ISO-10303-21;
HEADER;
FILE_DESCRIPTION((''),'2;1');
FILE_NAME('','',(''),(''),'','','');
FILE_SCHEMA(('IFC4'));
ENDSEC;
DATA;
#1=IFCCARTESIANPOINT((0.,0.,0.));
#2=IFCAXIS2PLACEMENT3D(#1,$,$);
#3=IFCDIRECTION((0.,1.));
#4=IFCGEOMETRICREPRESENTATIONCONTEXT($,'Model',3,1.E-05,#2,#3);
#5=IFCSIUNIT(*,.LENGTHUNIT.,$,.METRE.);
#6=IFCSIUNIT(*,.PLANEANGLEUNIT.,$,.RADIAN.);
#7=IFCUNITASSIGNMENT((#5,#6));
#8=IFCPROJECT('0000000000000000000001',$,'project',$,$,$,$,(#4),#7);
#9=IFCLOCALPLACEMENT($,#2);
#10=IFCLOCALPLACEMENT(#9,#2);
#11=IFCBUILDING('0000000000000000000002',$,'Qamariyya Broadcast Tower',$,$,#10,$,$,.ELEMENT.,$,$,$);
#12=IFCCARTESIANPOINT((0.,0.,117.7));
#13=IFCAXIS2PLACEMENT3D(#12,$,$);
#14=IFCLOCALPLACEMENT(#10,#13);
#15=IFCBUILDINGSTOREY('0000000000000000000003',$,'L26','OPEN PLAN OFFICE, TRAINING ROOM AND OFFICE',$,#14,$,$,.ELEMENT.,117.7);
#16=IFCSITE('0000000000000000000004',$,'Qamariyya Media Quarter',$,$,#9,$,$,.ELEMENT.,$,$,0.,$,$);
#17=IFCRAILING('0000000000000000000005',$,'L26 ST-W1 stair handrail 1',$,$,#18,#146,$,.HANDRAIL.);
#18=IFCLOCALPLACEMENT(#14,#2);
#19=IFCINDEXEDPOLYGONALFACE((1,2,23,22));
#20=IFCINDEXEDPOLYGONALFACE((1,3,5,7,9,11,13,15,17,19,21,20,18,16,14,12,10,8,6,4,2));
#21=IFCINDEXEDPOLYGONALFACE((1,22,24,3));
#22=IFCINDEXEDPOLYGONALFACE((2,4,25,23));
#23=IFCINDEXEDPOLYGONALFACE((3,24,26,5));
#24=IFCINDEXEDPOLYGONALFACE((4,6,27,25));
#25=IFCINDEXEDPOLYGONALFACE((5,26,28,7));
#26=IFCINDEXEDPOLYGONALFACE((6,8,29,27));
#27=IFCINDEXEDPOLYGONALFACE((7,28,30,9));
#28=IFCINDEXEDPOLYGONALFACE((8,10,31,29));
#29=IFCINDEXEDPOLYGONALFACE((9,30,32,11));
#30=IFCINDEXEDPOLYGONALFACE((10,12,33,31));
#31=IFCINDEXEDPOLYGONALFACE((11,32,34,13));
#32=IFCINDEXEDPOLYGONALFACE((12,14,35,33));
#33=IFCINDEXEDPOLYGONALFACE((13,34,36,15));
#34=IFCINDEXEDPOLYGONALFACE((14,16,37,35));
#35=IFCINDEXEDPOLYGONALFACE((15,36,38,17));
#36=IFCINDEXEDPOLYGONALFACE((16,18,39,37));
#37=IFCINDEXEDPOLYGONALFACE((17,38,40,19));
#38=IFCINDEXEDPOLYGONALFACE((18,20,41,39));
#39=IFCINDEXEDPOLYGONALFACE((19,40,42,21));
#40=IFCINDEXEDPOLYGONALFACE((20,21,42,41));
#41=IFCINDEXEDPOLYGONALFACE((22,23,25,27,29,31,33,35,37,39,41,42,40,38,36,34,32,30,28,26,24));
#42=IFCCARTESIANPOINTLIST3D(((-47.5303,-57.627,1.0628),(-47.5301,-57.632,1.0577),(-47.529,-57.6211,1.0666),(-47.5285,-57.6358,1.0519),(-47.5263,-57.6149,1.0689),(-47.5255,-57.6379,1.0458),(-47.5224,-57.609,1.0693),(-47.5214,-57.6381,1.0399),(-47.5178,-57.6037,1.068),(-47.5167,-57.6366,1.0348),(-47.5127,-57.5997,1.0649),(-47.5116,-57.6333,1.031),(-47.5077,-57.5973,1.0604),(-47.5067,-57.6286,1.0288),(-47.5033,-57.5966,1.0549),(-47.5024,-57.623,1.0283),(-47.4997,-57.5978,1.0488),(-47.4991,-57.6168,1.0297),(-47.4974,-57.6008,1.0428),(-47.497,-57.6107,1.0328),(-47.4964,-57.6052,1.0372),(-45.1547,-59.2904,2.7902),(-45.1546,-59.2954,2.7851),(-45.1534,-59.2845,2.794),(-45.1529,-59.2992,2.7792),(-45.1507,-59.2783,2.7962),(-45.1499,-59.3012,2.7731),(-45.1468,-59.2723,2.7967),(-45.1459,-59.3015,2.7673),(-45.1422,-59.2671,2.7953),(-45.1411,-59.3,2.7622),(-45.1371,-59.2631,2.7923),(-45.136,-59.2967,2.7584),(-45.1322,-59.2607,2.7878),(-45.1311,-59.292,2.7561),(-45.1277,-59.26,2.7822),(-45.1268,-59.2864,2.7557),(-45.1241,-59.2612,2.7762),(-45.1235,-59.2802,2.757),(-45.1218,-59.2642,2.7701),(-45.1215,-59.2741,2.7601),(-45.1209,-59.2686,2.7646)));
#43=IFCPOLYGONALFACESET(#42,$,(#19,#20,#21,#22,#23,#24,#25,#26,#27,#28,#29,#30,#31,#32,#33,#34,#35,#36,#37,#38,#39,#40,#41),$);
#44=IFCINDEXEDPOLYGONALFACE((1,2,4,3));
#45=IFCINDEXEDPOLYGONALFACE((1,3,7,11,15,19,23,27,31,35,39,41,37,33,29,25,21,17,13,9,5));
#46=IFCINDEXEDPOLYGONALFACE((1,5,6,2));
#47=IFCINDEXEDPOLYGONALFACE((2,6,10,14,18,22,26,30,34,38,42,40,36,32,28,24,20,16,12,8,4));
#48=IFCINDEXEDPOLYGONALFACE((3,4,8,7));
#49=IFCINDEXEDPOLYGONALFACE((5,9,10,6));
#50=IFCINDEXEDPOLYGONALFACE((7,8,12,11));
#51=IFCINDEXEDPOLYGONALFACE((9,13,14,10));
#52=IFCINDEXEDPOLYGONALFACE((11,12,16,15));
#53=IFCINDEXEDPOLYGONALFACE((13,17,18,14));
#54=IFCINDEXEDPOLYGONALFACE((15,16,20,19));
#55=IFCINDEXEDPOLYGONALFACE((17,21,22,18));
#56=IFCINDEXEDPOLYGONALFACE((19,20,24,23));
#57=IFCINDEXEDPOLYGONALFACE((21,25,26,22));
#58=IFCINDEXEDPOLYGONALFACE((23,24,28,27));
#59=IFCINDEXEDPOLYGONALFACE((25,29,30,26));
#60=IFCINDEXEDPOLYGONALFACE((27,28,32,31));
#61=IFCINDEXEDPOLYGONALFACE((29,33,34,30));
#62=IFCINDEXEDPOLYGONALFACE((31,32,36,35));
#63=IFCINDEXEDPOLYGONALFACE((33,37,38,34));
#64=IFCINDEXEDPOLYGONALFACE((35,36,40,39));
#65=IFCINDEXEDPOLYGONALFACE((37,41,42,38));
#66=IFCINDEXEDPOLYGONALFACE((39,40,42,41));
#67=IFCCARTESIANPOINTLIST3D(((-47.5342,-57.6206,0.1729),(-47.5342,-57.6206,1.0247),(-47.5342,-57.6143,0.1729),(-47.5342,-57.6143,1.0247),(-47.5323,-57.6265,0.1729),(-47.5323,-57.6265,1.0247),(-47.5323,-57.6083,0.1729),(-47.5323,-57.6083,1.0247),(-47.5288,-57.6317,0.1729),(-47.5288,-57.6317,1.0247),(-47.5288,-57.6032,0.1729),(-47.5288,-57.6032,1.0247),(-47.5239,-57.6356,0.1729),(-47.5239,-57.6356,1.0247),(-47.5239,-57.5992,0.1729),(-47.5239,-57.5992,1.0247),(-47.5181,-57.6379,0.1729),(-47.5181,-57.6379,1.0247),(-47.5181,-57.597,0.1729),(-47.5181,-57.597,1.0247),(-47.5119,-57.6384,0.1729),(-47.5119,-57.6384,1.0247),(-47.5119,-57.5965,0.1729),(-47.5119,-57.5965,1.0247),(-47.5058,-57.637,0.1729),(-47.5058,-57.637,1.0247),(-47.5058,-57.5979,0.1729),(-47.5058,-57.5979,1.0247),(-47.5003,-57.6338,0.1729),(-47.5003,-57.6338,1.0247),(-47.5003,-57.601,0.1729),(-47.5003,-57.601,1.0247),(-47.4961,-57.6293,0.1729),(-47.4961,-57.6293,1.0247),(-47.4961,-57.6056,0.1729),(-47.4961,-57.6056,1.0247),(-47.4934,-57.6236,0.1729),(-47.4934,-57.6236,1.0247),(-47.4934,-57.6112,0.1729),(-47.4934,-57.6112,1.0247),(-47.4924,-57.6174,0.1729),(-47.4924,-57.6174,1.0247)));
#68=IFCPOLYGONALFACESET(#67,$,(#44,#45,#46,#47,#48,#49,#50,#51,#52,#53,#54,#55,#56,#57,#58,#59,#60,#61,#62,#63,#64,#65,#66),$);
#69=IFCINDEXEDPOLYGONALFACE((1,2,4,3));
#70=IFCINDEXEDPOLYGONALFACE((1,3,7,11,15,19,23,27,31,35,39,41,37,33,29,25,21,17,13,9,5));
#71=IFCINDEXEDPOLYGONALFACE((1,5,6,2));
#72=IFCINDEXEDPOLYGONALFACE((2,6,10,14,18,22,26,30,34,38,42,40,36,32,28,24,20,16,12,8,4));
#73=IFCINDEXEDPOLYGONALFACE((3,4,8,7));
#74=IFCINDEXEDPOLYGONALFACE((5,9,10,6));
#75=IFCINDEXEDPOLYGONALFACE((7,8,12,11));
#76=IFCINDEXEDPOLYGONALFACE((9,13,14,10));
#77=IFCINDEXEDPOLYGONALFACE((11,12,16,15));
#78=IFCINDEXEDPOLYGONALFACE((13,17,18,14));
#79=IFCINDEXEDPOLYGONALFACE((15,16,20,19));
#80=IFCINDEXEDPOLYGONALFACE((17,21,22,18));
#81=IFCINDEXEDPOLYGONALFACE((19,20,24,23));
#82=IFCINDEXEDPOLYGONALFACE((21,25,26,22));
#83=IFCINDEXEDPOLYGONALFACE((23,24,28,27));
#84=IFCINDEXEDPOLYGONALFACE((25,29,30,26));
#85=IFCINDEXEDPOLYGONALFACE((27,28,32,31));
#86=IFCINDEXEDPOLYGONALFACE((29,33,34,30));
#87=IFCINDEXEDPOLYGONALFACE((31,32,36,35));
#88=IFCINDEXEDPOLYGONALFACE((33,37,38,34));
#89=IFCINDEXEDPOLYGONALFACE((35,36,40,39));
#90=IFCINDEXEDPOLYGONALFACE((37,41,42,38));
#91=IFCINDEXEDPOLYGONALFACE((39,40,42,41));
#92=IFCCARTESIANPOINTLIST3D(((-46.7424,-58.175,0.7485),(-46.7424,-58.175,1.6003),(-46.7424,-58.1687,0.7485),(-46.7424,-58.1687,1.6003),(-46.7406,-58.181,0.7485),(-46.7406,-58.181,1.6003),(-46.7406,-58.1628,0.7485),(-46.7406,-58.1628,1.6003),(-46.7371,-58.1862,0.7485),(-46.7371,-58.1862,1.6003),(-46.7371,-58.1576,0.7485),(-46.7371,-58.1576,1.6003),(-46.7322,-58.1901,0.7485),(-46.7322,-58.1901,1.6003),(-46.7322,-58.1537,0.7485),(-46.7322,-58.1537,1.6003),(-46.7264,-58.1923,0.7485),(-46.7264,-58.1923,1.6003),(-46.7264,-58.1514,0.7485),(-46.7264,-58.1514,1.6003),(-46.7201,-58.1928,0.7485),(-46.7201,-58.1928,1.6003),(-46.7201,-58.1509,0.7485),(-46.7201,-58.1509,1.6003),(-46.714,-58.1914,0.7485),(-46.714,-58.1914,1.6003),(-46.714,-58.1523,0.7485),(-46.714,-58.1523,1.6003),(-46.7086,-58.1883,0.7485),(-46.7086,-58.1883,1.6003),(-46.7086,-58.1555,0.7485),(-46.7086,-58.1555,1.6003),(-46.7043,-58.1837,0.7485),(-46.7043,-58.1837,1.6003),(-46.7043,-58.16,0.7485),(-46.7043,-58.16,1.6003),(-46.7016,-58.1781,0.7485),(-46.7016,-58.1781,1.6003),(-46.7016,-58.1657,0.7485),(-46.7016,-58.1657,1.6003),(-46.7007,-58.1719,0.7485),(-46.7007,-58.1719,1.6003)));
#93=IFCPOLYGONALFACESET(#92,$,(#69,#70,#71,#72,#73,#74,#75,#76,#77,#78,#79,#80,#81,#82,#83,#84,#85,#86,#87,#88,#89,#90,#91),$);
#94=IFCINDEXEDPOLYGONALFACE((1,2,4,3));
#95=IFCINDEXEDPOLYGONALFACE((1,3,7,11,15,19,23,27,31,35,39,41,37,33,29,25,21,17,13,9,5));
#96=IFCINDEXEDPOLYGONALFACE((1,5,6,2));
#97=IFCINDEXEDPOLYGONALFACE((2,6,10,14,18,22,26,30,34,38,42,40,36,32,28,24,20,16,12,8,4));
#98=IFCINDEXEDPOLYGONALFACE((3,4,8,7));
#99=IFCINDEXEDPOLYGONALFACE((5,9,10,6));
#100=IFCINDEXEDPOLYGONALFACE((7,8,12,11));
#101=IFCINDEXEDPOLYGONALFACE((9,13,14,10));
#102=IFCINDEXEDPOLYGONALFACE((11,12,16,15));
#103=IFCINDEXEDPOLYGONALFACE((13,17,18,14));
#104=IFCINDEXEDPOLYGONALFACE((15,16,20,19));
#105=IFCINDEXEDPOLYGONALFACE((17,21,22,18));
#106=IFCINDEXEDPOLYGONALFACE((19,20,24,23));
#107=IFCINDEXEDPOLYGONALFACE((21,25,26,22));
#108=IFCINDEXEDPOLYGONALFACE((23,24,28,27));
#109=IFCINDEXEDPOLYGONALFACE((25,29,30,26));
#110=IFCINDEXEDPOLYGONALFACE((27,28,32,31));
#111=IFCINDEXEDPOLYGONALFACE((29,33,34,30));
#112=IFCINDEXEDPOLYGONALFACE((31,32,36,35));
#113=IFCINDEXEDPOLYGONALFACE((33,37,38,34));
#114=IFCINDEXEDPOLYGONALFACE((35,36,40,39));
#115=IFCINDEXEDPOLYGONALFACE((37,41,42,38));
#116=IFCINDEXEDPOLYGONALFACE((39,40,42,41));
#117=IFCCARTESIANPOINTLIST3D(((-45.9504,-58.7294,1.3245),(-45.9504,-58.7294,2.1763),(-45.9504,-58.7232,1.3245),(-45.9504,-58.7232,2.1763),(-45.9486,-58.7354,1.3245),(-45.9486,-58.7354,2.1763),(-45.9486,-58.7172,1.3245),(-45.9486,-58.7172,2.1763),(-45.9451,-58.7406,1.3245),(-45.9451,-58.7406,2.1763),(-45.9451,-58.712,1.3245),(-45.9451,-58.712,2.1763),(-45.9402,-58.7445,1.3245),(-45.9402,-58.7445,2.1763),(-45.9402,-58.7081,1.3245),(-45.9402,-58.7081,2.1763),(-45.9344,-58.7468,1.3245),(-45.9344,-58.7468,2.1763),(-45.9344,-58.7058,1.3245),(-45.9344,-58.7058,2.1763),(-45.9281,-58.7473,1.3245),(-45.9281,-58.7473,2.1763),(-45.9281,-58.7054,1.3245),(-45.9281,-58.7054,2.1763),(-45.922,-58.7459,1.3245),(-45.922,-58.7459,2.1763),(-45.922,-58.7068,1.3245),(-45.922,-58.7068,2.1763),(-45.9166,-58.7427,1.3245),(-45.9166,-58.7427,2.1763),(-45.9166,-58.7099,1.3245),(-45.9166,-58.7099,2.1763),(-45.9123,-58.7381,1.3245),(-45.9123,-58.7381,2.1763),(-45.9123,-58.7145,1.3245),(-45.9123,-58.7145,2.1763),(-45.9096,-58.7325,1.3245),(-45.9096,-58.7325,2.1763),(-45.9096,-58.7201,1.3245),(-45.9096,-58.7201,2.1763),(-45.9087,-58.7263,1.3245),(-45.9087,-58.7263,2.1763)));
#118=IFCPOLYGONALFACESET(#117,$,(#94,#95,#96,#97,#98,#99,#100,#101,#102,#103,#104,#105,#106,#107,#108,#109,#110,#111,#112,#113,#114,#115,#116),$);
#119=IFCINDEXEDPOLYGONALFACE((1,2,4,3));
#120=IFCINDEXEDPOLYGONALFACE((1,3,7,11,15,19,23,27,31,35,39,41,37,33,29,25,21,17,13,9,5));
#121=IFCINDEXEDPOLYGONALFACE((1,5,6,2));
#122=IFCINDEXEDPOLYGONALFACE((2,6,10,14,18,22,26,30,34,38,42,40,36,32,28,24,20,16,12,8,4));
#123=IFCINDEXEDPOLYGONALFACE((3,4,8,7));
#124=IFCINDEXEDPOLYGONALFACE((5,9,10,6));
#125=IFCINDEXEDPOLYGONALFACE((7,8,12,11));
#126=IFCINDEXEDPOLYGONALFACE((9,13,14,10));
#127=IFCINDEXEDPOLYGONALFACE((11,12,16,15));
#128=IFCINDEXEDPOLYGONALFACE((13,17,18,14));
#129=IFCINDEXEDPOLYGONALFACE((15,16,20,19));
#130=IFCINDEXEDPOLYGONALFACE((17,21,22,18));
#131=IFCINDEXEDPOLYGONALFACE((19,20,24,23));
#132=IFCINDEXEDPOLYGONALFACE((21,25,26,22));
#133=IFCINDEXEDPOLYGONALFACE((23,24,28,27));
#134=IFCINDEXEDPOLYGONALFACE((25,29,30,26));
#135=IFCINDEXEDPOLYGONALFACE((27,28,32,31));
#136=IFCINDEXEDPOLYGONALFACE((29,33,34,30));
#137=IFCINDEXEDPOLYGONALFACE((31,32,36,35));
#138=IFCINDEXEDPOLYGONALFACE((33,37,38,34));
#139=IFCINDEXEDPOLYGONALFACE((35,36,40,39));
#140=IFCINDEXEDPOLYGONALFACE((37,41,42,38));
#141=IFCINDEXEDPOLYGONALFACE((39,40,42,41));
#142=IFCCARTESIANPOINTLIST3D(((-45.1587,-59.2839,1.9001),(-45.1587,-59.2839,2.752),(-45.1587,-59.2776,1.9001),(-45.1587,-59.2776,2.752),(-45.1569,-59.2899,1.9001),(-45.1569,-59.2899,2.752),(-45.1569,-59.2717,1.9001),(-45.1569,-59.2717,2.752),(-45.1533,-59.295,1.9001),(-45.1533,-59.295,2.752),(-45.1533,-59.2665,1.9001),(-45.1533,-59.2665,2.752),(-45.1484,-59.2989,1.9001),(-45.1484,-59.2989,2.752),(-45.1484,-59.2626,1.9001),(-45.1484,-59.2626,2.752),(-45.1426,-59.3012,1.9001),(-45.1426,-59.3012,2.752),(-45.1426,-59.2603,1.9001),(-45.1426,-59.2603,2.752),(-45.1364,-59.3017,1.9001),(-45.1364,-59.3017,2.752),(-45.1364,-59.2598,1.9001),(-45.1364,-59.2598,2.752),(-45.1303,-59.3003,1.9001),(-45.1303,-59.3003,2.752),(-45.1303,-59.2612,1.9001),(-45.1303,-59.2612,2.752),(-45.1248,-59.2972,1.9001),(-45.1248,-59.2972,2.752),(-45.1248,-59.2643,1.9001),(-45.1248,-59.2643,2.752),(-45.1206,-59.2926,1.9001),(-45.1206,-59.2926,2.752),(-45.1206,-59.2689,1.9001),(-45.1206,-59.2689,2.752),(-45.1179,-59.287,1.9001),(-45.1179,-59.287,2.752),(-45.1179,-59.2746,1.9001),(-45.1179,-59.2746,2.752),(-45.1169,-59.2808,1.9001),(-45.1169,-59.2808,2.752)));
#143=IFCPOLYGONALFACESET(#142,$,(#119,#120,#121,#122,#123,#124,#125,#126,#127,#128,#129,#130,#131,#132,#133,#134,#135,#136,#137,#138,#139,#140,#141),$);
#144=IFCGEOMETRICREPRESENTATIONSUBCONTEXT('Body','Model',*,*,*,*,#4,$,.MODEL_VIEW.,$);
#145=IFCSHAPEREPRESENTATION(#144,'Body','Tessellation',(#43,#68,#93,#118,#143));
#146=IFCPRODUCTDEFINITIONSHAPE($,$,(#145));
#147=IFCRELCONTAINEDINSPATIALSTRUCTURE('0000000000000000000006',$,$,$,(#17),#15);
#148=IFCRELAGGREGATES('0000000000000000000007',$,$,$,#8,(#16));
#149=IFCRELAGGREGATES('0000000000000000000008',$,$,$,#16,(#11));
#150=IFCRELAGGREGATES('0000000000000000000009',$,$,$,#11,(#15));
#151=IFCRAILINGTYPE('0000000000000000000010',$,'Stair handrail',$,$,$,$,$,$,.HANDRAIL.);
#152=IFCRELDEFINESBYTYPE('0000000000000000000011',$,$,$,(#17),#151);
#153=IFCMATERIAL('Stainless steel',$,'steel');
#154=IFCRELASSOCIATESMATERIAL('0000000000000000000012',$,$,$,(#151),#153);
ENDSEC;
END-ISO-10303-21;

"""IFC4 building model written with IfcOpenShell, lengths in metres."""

from ifc_helpers import new_model, si_unit, direction, frame, origin, origin_2d, place, context, subcontext, project, spatial, circle, extrude, material, type_object, element, save


model = new_model("IFC4")

# Units and contexts
model_context = context("Model", 3, precision=1e-05, world=origin(), true_north=direction((0.0, 1.0)))
body_context = subcontext(model_context, "Body", "Model", "MODEL_VIEW")
ifc_project = project(units=[si_unit("LENGTHUNIT", "METRE"), si_unit("PLANEANGLEUNIT", "RADIAN")], contexts=[model_context])

# Site, building, storey
site_placement = place(None, origin())
site = spatial("IfcSite", under=ifc_project, at=site_placement, Name="Qamariyya Media Quarter", CompositionType="ELEMENT", RefElevation=0.0)
building_placement = place(site_placement, origin())
building = spatial("IfcBuilding", under=site, at=building_placement, Name="Qamariyya Broadcast Tower", CompositionType="ELEMENT")
storey_placement = place(building_placement, frame((0.0, 0.0, 117.7)))
storey = spatial("IfcBuildingStorey", under=building, at=storey_placement, Name="L26", Description="OPEN PLAN OFFICE, TRAINING ROOM AND OFFICE", CompositionType="ELEMENT", Elevation=117.7)

# Railing
ifc_material_1 = material(Name="Stainless steel", Category="steel")
railing_type_1 = type_object("IfcRailingType", Name="Stair handrail", PredefinedType="HANDRAIL", material=ifc_material_1)
railing_1_placement = place(storey_placement, frame((-47.5134, -57.6174, 0.1729)))
element("IfcRailing", 1, at=railing_1_placement, inside=storey, type_object=railing_type_1, Name="L26 ST-W1 stair handrail 1", PredefinedType="HANDRAIL", context=body_context, shape_type="SweptSolid", body=[
    extrude(circle(Radius=0.0239, at=origin_2d()), frame((0.0, 0.0, 0.876), z_axis=(0.70377, -0.492784, 0.511734), x_axis=(0.573575, 0.819153, 0.0)), (0.0, 0.0, 1.0), 3.3755),
    extrude(circle(Radius=0.021, at=origin_2d()), origin(), (0.0, 0.0, 1.0), 0.8518),
    extrude(circle(Radius=0.021, at=origin_2d()), frame((0.7917, -0.5544, 0.5757)), (0.0, 0.0, 1.0), 0.8518),
    extrude(circle(Radius=0.021, at=origin_2d()), frame((1.5837, -1.1089, 1.1516)), (0.0, 0.0, 1.0), 0.8518),
    extrude(circle(Radius=0.021, at=origin_2d()), frame((2.3755, -1.6633, 1.7273)), (0.0, 0.0, 1.0), 0.8518),
])

save(model, "model.ifc")
